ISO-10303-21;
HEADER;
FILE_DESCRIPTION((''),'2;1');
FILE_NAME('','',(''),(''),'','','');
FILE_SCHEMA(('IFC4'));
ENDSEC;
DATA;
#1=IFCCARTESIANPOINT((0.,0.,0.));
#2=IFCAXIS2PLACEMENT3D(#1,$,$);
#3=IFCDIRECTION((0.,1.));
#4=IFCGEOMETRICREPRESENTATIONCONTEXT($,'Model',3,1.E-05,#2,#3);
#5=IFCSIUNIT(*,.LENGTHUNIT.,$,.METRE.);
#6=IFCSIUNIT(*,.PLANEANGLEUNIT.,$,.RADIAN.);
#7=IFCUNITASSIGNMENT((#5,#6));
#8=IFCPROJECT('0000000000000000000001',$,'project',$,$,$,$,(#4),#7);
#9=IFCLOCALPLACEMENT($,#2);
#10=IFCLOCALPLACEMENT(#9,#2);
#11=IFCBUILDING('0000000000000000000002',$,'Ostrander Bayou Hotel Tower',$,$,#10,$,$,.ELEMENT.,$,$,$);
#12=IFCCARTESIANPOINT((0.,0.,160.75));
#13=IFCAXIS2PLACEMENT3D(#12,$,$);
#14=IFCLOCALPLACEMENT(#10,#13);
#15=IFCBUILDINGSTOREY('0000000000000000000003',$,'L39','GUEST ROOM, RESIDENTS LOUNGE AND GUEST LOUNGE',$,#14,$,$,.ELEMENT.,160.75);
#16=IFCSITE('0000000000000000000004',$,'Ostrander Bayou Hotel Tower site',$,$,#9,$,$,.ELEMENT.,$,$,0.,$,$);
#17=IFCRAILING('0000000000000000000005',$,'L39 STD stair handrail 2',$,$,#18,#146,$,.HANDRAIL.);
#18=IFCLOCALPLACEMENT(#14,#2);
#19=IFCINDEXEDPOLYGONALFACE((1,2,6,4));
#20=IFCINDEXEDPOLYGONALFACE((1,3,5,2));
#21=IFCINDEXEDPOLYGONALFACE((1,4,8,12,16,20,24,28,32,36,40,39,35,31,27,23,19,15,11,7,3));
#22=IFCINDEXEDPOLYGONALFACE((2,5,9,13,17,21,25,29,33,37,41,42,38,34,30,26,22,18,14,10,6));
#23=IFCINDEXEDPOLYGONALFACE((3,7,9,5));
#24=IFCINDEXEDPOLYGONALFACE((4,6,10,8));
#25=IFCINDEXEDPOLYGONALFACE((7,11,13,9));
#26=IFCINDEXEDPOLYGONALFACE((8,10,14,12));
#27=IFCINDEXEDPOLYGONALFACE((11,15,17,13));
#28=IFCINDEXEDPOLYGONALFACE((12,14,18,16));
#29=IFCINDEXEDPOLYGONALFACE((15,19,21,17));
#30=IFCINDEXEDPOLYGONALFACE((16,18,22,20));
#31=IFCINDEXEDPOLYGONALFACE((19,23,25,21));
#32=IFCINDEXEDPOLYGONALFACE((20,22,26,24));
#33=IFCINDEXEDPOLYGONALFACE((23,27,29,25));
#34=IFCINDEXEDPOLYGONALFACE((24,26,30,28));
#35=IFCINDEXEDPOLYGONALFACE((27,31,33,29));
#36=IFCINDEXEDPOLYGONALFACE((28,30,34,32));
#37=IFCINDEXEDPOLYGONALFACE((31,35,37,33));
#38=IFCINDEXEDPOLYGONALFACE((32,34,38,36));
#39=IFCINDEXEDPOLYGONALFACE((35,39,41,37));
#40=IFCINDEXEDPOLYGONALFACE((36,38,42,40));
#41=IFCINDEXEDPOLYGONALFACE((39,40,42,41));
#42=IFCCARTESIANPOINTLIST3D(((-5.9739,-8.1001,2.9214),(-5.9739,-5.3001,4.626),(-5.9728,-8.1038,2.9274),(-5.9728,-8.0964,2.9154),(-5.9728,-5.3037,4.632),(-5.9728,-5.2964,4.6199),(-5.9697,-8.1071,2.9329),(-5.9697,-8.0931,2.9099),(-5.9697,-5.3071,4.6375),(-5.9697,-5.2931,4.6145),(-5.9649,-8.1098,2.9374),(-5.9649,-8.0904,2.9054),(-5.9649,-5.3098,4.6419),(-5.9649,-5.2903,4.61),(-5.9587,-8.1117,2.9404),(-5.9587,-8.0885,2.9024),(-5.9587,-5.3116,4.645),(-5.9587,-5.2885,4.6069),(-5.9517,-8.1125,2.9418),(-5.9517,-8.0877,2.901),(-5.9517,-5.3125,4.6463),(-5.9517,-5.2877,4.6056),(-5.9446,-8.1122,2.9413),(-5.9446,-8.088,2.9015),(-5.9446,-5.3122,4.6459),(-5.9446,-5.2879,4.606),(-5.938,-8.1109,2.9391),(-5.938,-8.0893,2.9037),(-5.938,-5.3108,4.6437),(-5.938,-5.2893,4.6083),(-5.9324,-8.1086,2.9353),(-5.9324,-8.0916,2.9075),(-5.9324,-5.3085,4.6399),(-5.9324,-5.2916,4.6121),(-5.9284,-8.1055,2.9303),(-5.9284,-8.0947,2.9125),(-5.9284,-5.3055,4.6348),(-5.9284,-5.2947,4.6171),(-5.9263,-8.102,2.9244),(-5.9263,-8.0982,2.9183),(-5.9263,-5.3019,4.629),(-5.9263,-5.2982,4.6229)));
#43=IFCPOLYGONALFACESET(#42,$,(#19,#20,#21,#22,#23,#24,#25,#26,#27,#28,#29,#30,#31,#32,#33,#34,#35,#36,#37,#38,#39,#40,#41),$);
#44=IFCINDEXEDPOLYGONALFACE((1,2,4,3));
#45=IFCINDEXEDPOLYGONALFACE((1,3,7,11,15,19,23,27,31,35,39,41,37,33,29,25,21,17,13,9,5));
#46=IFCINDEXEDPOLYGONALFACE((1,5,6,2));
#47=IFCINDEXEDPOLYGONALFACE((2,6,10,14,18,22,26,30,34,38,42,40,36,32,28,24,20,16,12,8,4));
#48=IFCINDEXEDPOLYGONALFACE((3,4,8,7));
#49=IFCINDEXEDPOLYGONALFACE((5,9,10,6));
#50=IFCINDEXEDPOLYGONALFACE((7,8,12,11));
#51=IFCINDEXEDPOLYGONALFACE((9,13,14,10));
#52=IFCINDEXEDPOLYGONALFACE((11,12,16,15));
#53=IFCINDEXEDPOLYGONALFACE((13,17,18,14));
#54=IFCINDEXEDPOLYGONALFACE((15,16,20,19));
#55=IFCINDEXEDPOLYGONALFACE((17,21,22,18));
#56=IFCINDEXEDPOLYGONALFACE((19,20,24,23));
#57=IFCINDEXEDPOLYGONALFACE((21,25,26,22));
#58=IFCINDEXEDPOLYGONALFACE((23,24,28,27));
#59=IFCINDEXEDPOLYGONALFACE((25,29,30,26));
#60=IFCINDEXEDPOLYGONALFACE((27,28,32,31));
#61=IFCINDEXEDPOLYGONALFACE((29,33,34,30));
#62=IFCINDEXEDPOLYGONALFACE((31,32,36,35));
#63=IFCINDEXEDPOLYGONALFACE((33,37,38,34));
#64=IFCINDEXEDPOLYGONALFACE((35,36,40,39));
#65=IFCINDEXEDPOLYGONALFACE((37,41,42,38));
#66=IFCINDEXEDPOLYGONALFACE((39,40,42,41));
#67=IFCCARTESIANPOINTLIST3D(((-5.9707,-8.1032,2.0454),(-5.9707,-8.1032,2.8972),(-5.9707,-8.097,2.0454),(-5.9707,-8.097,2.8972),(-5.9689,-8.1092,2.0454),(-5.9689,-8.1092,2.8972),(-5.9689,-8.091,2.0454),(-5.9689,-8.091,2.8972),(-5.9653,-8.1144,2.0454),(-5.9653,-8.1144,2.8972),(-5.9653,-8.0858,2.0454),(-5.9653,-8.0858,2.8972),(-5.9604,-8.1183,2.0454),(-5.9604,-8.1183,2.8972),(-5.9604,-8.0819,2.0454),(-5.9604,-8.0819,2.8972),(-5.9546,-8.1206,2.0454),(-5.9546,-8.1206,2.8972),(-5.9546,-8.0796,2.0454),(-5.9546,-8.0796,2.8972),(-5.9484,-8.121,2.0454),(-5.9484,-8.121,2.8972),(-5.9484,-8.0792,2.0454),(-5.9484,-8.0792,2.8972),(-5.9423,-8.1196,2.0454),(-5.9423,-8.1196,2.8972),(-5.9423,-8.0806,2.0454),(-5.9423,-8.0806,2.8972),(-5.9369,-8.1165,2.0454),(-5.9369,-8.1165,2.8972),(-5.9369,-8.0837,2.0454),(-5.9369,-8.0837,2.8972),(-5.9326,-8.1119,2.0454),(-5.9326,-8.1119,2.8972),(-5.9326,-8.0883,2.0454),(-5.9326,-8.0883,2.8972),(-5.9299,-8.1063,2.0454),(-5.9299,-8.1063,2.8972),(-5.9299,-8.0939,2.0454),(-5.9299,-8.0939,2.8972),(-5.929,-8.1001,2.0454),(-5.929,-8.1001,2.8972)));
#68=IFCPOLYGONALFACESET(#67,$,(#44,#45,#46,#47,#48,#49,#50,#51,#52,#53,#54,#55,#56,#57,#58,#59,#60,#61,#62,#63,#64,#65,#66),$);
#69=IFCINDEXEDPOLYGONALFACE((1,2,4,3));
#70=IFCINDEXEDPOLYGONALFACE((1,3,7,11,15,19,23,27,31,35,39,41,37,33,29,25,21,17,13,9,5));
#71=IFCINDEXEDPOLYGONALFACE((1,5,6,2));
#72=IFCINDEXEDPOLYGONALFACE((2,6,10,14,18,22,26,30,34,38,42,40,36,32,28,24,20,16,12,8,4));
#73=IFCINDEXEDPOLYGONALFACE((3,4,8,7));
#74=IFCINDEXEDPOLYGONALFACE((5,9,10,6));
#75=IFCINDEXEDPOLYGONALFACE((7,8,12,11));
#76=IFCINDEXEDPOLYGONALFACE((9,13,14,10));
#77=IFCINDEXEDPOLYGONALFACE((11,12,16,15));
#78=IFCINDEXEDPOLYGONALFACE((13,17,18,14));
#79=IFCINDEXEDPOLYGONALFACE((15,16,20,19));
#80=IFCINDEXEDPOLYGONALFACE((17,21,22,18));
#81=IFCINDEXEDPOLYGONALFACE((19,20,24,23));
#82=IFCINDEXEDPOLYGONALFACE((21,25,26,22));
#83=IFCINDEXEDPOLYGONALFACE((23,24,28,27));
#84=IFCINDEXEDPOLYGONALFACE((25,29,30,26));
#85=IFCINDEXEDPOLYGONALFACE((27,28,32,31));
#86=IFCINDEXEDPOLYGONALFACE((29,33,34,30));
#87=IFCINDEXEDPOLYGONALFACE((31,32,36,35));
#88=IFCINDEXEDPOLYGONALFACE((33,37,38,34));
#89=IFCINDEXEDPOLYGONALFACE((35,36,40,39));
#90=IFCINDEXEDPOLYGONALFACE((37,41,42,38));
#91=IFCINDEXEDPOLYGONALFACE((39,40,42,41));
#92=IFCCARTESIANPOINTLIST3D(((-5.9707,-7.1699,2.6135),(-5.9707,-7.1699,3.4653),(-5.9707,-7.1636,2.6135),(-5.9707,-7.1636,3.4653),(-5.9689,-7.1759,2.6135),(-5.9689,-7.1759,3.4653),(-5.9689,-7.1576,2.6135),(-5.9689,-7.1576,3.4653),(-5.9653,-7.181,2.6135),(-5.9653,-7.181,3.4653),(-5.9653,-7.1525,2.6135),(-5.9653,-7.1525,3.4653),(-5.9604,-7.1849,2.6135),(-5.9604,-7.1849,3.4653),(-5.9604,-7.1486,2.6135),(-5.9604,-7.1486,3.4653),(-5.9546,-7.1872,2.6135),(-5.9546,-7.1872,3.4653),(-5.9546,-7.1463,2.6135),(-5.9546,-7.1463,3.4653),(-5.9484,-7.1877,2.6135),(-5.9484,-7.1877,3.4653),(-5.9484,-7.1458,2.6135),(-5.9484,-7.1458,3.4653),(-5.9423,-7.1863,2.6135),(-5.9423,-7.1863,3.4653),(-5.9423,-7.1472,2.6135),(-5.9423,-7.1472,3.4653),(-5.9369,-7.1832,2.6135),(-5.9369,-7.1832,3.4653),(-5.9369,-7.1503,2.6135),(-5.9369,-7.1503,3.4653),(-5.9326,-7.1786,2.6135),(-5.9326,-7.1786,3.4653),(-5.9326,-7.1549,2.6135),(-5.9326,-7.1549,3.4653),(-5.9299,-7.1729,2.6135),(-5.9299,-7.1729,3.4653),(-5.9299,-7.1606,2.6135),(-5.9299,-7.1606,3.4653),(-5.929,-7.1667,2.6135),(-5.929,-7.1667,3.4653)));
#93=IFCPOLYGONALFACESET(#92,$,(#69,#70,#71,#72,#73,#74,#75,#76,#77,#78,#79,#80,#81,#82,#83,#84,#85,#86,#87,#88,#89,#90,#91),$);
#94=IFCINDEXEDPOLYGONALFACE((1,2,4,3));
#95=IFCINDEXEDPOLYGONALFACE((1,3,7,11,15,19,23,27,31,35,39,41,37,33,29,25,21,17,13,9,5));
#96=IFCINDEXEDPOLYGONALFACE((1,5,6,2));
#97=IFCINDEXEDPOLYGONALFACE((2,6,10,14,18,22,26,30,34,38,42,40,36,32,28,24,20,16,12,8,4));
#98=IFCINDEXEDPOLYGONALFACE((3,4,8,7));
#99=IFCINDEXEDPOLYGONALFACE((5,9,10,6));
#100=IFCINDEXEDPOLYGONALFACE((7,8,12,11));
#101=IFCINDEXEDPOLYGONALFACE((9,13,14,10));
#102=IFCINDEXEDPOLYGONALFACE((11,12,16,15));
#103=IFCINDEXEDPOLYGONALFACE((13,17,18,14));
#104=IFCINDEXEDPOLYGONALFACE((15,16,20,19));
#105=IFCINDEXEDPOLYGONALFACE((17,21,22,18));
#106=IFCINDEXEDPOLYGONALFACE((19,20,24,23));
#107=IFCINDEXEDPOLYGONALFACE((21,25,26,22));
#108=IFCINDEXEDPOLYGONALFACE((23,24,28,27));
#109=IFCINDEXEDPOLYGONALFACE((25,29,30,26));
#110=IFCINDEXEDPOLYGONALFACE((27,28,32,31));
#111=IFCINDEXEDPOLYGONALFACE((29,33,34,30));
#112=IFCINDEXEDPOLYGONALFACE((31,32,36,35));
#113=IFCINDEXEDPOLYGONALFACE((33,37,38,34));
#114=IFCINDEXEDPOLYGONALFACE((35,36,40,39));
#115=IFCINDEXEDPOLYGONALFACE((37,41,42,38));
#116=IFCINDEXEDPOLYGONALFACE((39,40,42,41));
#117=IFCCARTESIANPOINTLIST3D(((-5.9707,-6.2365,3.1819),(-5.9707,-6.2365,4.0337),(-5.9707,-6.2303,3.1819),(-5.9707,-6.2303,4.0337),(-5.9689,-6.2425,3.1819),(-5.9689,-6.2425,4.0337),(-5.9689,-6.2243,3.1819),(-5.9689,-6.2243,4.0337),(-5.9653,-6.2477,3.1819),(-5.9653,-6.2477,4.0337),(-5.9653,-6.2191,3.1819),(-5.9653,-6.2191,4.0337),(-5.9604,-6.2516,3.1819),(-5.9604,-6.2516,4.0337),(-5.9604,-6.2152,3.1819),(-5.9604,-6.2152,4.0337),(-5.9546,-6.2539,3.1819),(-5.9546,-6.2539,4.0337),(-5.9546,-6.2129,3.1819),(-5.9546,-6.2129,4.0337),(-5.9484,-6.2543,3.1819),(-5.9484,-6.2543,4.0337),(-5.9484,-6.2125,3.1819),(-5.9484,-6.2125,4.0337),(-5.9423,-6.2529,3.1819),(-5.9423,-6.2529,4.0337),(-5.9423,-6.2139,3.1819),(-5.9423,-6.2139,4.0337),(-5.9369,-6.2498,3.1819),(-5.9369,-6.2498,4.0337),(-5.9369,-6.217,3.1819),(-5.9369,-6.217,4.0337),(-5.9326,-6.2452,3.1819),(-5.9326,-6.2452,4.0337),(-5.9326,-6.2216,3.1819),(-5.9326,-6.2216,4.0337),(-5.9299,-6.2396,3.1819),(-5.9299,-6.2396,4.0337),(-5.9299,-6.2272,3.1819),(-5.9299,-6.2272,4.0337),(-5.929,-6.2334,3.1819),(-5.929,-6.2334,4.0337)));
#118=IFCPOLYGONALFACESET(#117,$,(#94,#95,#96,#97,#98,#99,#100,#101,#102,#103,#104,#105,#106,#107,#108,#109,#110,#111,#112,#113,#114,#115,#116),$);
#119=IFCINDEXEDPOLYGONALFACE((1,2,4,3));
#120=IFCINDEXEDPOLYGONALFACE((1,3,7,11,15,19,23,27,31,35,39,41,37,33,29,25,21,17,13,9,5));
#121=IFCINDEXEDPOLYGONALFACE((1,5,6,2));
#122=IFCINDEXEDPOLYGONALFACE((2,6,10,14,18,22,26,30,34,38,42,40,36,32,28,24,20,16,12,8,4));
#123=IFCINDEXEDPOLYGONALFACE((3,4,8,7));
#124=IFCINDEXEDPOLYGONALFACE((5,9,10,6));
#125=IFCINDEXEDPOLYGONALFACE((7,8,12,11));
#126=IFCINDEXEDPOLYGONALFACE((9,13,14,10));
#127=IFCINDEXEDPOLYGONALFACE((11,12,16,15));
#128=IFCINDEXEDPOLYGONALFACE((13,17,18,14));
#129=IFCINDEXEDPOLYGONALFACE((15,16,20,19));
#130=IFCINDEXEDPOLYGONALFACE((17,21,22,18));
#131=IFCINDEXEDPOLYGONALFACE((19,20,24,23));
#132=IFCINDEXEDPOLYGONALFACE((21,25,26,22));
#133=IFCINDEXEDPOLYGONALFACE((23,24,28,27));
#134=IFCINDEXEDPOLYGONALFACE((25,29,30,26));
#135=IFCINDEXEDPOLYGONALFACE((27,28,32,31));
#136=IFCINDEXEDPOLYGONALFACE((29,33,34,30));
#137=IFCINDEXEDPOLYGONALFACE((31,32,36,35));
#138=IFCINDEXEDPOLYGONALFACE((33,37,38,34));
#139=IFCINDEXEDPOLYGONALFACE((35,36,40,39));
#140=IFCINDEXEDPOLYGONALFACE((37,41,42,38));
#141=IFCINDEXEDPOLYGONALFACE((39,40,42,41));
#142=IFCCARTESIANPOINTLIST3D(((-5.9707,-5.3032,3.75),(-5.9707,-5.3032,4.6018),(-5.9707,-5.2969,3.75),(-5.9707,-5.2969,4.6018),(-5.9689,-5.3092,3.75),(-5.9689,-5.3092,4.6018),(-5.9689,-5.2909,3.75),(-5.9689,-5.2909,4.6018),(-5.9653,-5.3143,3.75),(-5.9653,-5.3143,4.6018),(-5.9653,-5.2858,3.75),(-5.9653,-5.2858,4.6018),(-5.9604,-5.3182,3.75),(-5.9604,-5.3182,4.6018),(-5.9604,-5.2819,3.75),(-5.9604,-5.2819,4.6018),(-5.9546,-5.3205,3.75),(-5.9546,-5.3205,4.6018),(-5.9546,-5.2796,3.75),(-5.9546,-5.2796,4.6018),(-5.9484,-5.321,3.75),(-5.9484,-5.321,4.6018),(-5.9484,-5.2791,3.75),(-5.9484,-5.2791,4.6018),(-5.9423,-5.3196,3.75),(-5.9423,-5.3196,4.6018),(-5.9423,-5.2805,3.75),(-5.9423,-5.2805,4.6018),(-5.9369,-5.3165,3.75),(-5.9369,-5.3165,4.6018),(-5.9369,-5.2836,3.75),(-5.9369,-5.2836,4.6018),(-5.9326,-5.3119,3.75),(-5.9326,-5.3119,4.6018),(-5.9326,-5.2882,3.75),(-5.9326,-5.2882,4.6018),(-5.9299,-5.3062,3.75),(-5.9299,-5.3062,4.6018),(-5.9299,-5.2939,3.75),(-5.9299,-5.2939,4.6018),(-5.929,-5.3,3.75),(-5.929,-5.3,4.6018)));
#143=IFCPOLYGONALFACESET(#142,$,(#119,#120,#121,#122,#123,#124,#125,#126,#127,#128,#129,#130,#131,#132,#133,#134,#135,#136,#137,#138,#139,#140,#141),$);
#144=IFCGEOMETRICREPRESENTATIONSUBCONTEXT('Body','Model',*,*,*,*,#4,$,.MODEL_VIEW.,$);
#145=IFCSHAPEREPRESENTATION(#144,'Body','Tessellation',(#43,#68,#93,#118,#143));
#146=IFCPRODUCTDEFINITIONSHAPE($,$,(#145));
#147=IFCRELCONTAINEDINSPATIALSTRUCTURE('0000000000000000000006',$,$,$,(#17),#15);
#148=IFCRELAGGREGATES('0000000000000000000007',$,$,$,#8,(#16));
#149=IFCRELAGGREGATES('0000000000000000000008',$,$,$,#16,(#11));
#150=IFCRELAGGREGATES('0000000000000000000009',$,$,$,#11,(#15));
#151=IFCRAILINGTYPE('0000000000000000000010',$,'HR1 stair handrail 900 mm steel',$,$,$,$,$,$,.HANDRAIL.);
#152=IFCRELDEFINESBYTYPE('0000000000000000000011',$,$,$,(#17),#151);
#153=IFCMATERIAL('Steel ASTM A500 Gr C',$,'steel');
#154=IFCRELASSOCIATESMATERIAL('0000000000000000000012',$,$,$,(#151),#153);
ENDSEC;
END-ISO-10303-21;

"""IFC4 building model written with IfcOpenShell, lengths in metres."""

from ifc_helpers import new_model, si_unit, direction, frame, origin, origin_2d, place, context, subcontext, project, spatial, circle, extrude, material, type_object, element, save


model = new_model("IFC4")

# Units and contexts
model_context = context("Model", 3, precision=1e-05, world=origin(), true_north=direction((0.0, 1.0)))
body_context = subcontext(model_context, "Body", "Model", "MODEL_VIEW")
ifc_project = project(units=[si_unit("LENGTHUNIT", "METRE"), si_unit("PLANEANGLEUNIT", "RADIAN")], contexts=[model_context])

# Site, building, storey
site_placement = place(None, origin())
site = spatial("IfcSite", under=ifc_project, at=site_placement, Name="Ostrander Bayou Hotel Tower site", CompositionType="ELEMENT", RefElevation=0.0)
building_placement = place(site_placement, origin())
building = spatial("IfcBuilding", under=site, at=building_placement, Name="Ostrander Bayou Hotel Tower", CompositionType="ELEMENT")
storey_placement = place(building_placement, frame((0.0, 0.0, 160.75)))
storey = spatial("IfcBuildingStorey", under=building, at=storey_placement, Name="L39", Description="GUEST ROOM, RESIDENTS LOUNGE AND GUEST LOUNGE", CompositionType="ELEMENT", Elevation=160.75)

# Railing
ifc_material_1 = material(Name="Steel ASTM A500 Gr C", Category="steel")
railing_type_1 = type_object("IfcRailingType", Name="HR1 stair handrail 900 mm steel", PredefinedType="HANDRAIL", material=ifc_material_1)
railing_1_placement = place(storey_placement, frame((-5.95, -8.1001, 2.0454)))
element("IfcRailing", 1, at=railing_1_placement, inside=storey, type_object=railing_type_1, Name="L39 STD stair handrail 2", PredefinedType="HANDRAIL", context=body_context, shape_type="SweptSolid", body=[
    extrude(circle(Radius=0.0239, at=origin_2d()), frame((0.0, 0.0, 0.876), z_axis=(0.0, 0.85417, 0.519994), x_axis=(-1.0, 0.0, 0.0)), (0.0, 0.0, 1.0), 3.2781),
    extrude(circle(Radius=0.021, at=origin_2d()), origin(), (0.0, 0.0, 1.0), 0.8518),
    extrude(circle(Radius=0.021, at=origin_2d()), frame((0.0, 0.9333, 0.5681)), (0.0, 0.0, 1.0), 0.8518),
    extrude(circle(Radius=0.021, at=origin_2d()), frame((0.0, 1.8667, 1.1365)), (0.0, 0.0, 1.0), 0.8518),
    extrude(circle(Radius=0.021, at=origin_2d()), frame((0.0, 2.8, 1.7046)), (0.0, 0.0, 1.0), 0.8518),
])

save(model, "model.ifc")
